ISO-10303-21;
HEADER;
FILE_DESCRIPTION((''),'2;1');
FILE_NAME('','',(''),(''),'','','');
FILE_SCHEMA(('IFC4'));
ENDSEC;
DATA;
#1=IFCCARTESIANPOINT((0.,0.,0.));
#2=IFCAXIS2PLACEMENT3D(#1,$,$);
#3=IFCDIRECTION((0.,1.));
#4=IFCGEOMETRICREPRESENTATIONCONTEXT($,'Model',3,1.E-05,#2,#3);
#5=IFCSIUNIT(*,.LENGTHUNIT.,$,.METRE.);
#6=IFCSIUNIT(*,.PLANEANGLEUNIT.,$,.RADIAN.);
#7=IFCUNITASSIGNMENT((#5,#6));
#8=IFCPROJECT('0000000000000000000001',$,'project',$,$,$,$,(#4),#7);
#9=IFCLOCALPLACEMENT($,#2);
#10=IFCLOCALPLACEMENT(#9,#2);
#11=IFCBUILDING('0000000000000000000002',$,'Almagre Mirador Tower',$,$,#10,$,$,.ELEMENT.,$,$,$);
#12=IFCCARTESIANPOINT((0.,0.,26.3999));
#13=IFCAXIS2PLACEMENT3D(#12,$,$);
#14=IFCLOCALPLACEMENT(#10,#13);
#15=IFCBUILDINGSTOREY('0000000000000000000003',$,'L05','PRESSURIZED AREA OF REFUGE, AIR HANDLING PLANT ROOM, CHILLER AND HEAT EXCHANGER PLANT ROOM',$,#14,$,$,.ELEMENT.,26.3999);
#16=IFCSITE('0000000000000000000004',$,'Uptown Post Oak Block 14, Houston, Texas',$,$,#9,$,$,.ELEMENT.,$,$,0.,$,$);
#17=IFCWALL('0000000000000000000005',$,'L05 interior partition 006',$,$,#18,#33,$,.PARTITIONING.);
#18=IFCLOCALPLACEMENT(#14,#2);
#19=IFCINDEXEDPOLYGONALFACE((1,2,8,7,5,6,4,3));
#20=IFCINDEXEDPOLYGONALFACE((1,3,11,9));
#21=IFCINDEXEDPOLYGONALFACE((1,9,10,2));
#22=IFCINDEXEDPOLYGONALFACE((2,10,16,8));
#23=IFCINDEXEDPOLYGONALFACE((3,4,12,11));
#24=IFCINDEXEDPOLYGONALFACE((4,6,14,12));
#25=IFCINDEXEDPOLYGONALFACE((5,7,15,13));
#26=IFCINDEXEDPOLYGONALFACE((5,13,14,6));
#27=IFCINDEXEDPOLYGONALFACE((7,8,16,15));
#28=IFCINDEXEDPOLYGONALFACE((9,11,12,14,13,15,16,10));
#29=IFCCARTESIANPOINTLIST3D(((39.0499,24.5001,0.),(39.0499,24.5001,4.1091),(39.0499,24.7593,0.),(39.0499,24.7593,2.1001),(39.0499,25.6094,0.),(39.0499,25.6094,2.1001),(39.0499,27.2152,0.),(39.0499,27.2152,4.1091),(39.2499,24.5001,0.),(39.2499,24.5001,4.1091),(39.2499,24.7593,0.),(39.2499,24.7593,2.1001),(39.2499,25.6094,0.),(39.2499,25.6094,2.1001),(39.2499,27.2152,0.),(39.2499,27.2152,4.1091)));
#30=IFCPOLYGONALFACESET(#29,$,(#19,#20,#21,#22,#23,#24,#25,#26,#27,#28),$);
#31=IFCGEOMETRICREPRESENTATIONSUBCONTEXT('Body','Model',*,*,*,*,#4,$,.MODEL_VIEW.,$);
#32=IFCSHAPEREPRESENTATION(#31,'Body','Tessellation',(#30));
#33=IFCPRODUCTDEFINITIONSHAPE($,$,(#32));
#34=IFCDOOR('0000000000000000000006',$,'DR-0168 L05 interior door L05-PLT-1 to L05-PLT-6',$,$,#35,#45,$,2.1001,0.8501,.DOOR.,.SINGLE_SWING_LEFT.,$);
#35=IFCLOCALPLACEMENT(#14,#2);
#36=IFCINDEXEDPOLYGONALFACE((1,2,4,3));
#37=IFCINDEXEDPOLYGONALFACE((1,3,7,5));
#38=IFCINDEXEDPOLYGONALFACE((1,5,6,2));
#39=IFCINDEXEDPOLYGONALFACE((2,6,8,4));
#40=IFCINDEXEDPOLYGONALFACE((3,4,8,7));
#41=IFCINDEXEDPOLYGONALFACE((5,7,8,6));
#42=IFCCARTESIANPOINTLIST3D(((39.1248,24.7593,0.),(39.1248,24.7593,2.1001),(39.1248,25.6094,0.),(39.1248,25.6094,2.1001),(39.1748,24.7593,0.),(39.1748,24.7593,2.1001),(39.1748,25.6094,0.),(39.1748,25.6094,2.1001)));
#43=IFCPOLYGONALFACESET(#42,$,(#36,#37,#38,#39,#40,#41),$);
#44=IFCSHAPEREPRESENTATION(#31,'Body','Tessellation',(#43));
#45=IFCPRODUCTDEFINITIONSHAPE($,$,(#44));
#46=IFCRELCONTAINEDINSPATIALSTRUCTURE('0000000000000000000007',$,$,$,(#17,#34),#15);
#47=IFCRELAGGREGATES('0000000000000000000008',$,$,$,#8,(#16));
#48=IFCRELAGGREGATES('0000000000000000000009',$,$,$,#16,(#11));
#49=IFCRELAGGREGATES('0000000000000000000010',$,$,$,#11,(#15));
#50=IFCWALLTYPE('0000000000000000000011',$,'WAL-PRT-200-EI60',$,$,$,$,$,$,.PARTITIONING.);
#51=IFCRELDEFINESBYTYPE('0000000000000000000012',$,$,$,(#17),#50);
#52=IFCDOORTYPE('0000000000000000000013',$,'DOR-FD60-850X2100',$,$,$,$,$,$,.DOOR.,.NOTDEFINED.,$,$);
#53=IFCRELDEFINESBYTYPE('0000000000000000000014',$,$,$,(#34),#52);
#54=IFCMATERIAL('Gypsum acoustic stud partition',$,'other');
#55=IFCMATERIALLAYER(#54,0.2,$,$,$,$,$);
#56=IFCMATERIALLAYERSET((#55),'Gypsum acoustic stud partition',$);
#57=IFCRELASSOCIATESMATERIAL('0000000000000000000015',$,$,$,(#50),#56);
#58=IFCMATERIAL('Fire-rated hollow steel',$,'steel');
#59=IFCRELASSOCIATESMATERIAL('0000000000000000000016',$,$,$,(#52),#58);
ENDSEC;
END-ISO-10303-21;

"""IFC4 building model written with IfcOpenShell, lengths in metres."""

from ifc_helpers import new_model, si_unit, direction, frame, frame_2d, origin, place, context, subcontext, project, spatial, rectangle, extrude, material, layer, layer_set, type_object, element, fill, save


model = new_model("IFC4")

# Units and contexts
model_context = context("Model", 3, precision=1e-05, world=origin(), true_north=direction((0.0, 1.0)))
body_context = subcontext(model_context, "Body", "Model", "MODEL_VIEW")
ifc_project = project(units=[si_unit("LENGTHUNIT", "METRE"), si_unit("PLANEANGLEUNIT", "RADIAN")], contexts=[model_context])

# Site, building, storey
site_placement = place(None, origin())
site = spatial("IfcSite", under=ifc_project, at=site_placement, Name="Uptown Post Oak Block 14, Houston, Texas", CompositionType="ELEMENT", RefElevation=0.0)
building_placement = place(site_placement, origin())
building = spatial("IfcBuilding", under=site, at=building_placement, Name="Almagre Mirador Tower", CompositionType="ELEMENT")
storey_placement = place(building_placement, frame((0.0, 0.0, 26.3999)))
storey = spatial("IfcBuildingStorey", under=building, at=storey_placement, Name="L05", Description="PRESSURIZED AREA OF REFUGE, AIR HANDLING PLANT ROOM, CHILLER AND HEAT EXCHANGER PLANT ROOM", CompositionType="ELEMENT", Elevation=26.3999)

# Shared definitions
ifc_material_1 = material(Name="Gypsum acoustic stud partition", Category="other")
ifc_layer_1 = layer(ifc_material_1, 0.2)
ifc_layer_set_1 = layer_set([ifc_layer_1], Name="Gypsum acoustic stud partition")
wall_type_1 = type_object("IfcWallType", Name="WAL-PRT-200-EI60", PredefinedType="PARTITIONING", material=ifc_layer_set_1)

# Wall, opening, door
wall_1_placement = place(storey_placement, frame((39.1499, 27.2151, 0.0), z_axis=(0.0, 0.0, 1.0), x_axis=(0.0, -1.0, 0.0)))
wall_1 = element("IfcWall", 1, at=wall_1_placement, inside=storey, type_object=wall_type_1, Name="L05 interior partition 006", PredefinedType="PARTITIONING", context=body_context, shape_type="SweptSolid", body=[
    extrude(rectangle(XDim=2.7151, YDim=0.2, at=frame_2d((1.3574, 0.0))), origin(), (0.0, 0.0, 1.0), 4.1091),
])
opening_placement = place(wall_1_placement, frame((1.6057, 0.0, 0.0)))
opening = element("IfcOpeningElement", 2, at=opening_placement, cuts=wall_1, PredefinedType="OPENING", context=body_context, shape_type="SweptSolid", body=[
    extrude(rectangle(XDim=0.8501, YDim=2.1001, at=frame_2d((0.425, 1.05))), frame((0.0, 0.1101, 0.0), z_axis=(0.0, -1.0, 0.0), x_axis=(1.0, 0.0, 0.0)), (0.0, 0.0, 1.0), 0.22),
])
ifc_material_2 = material(Name="Fire-rated hollow steel", Category="steel")
door_type = type_object("IfcDoorType", Name="DOR-FD60-850X2100", OperationType="NOTDEFINED", PredefinedType="DOOR", material=ifc_material_2)
door_placement = place(opening_placement, origin())
door = element("IfcDoor", 3, at=door_placement, inside=storey, type_object=door_type, Name="DR-0168 L05 interior door L05-PLT-1 to L05-PLT-6", OperationType="SINGLE_SWING_LEFT", OverallHeight=2.1001, OverallWidth=0.8501, PredefinedType="DOOR", context=body_context, shape_type="SweptSolid", body=[
    extrude(rectangle(XDim=0.8501, YDim=2.1001, at=frame_2d((0.425, 1.05))), frame((0.0, 0.0249, 0.0), z_axis=(0.0, -1.0, 0.0), x_axis=(1.0, 0.0, 0.0)), (0.0, 0.0, 1.0), 0.05),
])
fill(opening, door)

save(model, "model.ifc")
